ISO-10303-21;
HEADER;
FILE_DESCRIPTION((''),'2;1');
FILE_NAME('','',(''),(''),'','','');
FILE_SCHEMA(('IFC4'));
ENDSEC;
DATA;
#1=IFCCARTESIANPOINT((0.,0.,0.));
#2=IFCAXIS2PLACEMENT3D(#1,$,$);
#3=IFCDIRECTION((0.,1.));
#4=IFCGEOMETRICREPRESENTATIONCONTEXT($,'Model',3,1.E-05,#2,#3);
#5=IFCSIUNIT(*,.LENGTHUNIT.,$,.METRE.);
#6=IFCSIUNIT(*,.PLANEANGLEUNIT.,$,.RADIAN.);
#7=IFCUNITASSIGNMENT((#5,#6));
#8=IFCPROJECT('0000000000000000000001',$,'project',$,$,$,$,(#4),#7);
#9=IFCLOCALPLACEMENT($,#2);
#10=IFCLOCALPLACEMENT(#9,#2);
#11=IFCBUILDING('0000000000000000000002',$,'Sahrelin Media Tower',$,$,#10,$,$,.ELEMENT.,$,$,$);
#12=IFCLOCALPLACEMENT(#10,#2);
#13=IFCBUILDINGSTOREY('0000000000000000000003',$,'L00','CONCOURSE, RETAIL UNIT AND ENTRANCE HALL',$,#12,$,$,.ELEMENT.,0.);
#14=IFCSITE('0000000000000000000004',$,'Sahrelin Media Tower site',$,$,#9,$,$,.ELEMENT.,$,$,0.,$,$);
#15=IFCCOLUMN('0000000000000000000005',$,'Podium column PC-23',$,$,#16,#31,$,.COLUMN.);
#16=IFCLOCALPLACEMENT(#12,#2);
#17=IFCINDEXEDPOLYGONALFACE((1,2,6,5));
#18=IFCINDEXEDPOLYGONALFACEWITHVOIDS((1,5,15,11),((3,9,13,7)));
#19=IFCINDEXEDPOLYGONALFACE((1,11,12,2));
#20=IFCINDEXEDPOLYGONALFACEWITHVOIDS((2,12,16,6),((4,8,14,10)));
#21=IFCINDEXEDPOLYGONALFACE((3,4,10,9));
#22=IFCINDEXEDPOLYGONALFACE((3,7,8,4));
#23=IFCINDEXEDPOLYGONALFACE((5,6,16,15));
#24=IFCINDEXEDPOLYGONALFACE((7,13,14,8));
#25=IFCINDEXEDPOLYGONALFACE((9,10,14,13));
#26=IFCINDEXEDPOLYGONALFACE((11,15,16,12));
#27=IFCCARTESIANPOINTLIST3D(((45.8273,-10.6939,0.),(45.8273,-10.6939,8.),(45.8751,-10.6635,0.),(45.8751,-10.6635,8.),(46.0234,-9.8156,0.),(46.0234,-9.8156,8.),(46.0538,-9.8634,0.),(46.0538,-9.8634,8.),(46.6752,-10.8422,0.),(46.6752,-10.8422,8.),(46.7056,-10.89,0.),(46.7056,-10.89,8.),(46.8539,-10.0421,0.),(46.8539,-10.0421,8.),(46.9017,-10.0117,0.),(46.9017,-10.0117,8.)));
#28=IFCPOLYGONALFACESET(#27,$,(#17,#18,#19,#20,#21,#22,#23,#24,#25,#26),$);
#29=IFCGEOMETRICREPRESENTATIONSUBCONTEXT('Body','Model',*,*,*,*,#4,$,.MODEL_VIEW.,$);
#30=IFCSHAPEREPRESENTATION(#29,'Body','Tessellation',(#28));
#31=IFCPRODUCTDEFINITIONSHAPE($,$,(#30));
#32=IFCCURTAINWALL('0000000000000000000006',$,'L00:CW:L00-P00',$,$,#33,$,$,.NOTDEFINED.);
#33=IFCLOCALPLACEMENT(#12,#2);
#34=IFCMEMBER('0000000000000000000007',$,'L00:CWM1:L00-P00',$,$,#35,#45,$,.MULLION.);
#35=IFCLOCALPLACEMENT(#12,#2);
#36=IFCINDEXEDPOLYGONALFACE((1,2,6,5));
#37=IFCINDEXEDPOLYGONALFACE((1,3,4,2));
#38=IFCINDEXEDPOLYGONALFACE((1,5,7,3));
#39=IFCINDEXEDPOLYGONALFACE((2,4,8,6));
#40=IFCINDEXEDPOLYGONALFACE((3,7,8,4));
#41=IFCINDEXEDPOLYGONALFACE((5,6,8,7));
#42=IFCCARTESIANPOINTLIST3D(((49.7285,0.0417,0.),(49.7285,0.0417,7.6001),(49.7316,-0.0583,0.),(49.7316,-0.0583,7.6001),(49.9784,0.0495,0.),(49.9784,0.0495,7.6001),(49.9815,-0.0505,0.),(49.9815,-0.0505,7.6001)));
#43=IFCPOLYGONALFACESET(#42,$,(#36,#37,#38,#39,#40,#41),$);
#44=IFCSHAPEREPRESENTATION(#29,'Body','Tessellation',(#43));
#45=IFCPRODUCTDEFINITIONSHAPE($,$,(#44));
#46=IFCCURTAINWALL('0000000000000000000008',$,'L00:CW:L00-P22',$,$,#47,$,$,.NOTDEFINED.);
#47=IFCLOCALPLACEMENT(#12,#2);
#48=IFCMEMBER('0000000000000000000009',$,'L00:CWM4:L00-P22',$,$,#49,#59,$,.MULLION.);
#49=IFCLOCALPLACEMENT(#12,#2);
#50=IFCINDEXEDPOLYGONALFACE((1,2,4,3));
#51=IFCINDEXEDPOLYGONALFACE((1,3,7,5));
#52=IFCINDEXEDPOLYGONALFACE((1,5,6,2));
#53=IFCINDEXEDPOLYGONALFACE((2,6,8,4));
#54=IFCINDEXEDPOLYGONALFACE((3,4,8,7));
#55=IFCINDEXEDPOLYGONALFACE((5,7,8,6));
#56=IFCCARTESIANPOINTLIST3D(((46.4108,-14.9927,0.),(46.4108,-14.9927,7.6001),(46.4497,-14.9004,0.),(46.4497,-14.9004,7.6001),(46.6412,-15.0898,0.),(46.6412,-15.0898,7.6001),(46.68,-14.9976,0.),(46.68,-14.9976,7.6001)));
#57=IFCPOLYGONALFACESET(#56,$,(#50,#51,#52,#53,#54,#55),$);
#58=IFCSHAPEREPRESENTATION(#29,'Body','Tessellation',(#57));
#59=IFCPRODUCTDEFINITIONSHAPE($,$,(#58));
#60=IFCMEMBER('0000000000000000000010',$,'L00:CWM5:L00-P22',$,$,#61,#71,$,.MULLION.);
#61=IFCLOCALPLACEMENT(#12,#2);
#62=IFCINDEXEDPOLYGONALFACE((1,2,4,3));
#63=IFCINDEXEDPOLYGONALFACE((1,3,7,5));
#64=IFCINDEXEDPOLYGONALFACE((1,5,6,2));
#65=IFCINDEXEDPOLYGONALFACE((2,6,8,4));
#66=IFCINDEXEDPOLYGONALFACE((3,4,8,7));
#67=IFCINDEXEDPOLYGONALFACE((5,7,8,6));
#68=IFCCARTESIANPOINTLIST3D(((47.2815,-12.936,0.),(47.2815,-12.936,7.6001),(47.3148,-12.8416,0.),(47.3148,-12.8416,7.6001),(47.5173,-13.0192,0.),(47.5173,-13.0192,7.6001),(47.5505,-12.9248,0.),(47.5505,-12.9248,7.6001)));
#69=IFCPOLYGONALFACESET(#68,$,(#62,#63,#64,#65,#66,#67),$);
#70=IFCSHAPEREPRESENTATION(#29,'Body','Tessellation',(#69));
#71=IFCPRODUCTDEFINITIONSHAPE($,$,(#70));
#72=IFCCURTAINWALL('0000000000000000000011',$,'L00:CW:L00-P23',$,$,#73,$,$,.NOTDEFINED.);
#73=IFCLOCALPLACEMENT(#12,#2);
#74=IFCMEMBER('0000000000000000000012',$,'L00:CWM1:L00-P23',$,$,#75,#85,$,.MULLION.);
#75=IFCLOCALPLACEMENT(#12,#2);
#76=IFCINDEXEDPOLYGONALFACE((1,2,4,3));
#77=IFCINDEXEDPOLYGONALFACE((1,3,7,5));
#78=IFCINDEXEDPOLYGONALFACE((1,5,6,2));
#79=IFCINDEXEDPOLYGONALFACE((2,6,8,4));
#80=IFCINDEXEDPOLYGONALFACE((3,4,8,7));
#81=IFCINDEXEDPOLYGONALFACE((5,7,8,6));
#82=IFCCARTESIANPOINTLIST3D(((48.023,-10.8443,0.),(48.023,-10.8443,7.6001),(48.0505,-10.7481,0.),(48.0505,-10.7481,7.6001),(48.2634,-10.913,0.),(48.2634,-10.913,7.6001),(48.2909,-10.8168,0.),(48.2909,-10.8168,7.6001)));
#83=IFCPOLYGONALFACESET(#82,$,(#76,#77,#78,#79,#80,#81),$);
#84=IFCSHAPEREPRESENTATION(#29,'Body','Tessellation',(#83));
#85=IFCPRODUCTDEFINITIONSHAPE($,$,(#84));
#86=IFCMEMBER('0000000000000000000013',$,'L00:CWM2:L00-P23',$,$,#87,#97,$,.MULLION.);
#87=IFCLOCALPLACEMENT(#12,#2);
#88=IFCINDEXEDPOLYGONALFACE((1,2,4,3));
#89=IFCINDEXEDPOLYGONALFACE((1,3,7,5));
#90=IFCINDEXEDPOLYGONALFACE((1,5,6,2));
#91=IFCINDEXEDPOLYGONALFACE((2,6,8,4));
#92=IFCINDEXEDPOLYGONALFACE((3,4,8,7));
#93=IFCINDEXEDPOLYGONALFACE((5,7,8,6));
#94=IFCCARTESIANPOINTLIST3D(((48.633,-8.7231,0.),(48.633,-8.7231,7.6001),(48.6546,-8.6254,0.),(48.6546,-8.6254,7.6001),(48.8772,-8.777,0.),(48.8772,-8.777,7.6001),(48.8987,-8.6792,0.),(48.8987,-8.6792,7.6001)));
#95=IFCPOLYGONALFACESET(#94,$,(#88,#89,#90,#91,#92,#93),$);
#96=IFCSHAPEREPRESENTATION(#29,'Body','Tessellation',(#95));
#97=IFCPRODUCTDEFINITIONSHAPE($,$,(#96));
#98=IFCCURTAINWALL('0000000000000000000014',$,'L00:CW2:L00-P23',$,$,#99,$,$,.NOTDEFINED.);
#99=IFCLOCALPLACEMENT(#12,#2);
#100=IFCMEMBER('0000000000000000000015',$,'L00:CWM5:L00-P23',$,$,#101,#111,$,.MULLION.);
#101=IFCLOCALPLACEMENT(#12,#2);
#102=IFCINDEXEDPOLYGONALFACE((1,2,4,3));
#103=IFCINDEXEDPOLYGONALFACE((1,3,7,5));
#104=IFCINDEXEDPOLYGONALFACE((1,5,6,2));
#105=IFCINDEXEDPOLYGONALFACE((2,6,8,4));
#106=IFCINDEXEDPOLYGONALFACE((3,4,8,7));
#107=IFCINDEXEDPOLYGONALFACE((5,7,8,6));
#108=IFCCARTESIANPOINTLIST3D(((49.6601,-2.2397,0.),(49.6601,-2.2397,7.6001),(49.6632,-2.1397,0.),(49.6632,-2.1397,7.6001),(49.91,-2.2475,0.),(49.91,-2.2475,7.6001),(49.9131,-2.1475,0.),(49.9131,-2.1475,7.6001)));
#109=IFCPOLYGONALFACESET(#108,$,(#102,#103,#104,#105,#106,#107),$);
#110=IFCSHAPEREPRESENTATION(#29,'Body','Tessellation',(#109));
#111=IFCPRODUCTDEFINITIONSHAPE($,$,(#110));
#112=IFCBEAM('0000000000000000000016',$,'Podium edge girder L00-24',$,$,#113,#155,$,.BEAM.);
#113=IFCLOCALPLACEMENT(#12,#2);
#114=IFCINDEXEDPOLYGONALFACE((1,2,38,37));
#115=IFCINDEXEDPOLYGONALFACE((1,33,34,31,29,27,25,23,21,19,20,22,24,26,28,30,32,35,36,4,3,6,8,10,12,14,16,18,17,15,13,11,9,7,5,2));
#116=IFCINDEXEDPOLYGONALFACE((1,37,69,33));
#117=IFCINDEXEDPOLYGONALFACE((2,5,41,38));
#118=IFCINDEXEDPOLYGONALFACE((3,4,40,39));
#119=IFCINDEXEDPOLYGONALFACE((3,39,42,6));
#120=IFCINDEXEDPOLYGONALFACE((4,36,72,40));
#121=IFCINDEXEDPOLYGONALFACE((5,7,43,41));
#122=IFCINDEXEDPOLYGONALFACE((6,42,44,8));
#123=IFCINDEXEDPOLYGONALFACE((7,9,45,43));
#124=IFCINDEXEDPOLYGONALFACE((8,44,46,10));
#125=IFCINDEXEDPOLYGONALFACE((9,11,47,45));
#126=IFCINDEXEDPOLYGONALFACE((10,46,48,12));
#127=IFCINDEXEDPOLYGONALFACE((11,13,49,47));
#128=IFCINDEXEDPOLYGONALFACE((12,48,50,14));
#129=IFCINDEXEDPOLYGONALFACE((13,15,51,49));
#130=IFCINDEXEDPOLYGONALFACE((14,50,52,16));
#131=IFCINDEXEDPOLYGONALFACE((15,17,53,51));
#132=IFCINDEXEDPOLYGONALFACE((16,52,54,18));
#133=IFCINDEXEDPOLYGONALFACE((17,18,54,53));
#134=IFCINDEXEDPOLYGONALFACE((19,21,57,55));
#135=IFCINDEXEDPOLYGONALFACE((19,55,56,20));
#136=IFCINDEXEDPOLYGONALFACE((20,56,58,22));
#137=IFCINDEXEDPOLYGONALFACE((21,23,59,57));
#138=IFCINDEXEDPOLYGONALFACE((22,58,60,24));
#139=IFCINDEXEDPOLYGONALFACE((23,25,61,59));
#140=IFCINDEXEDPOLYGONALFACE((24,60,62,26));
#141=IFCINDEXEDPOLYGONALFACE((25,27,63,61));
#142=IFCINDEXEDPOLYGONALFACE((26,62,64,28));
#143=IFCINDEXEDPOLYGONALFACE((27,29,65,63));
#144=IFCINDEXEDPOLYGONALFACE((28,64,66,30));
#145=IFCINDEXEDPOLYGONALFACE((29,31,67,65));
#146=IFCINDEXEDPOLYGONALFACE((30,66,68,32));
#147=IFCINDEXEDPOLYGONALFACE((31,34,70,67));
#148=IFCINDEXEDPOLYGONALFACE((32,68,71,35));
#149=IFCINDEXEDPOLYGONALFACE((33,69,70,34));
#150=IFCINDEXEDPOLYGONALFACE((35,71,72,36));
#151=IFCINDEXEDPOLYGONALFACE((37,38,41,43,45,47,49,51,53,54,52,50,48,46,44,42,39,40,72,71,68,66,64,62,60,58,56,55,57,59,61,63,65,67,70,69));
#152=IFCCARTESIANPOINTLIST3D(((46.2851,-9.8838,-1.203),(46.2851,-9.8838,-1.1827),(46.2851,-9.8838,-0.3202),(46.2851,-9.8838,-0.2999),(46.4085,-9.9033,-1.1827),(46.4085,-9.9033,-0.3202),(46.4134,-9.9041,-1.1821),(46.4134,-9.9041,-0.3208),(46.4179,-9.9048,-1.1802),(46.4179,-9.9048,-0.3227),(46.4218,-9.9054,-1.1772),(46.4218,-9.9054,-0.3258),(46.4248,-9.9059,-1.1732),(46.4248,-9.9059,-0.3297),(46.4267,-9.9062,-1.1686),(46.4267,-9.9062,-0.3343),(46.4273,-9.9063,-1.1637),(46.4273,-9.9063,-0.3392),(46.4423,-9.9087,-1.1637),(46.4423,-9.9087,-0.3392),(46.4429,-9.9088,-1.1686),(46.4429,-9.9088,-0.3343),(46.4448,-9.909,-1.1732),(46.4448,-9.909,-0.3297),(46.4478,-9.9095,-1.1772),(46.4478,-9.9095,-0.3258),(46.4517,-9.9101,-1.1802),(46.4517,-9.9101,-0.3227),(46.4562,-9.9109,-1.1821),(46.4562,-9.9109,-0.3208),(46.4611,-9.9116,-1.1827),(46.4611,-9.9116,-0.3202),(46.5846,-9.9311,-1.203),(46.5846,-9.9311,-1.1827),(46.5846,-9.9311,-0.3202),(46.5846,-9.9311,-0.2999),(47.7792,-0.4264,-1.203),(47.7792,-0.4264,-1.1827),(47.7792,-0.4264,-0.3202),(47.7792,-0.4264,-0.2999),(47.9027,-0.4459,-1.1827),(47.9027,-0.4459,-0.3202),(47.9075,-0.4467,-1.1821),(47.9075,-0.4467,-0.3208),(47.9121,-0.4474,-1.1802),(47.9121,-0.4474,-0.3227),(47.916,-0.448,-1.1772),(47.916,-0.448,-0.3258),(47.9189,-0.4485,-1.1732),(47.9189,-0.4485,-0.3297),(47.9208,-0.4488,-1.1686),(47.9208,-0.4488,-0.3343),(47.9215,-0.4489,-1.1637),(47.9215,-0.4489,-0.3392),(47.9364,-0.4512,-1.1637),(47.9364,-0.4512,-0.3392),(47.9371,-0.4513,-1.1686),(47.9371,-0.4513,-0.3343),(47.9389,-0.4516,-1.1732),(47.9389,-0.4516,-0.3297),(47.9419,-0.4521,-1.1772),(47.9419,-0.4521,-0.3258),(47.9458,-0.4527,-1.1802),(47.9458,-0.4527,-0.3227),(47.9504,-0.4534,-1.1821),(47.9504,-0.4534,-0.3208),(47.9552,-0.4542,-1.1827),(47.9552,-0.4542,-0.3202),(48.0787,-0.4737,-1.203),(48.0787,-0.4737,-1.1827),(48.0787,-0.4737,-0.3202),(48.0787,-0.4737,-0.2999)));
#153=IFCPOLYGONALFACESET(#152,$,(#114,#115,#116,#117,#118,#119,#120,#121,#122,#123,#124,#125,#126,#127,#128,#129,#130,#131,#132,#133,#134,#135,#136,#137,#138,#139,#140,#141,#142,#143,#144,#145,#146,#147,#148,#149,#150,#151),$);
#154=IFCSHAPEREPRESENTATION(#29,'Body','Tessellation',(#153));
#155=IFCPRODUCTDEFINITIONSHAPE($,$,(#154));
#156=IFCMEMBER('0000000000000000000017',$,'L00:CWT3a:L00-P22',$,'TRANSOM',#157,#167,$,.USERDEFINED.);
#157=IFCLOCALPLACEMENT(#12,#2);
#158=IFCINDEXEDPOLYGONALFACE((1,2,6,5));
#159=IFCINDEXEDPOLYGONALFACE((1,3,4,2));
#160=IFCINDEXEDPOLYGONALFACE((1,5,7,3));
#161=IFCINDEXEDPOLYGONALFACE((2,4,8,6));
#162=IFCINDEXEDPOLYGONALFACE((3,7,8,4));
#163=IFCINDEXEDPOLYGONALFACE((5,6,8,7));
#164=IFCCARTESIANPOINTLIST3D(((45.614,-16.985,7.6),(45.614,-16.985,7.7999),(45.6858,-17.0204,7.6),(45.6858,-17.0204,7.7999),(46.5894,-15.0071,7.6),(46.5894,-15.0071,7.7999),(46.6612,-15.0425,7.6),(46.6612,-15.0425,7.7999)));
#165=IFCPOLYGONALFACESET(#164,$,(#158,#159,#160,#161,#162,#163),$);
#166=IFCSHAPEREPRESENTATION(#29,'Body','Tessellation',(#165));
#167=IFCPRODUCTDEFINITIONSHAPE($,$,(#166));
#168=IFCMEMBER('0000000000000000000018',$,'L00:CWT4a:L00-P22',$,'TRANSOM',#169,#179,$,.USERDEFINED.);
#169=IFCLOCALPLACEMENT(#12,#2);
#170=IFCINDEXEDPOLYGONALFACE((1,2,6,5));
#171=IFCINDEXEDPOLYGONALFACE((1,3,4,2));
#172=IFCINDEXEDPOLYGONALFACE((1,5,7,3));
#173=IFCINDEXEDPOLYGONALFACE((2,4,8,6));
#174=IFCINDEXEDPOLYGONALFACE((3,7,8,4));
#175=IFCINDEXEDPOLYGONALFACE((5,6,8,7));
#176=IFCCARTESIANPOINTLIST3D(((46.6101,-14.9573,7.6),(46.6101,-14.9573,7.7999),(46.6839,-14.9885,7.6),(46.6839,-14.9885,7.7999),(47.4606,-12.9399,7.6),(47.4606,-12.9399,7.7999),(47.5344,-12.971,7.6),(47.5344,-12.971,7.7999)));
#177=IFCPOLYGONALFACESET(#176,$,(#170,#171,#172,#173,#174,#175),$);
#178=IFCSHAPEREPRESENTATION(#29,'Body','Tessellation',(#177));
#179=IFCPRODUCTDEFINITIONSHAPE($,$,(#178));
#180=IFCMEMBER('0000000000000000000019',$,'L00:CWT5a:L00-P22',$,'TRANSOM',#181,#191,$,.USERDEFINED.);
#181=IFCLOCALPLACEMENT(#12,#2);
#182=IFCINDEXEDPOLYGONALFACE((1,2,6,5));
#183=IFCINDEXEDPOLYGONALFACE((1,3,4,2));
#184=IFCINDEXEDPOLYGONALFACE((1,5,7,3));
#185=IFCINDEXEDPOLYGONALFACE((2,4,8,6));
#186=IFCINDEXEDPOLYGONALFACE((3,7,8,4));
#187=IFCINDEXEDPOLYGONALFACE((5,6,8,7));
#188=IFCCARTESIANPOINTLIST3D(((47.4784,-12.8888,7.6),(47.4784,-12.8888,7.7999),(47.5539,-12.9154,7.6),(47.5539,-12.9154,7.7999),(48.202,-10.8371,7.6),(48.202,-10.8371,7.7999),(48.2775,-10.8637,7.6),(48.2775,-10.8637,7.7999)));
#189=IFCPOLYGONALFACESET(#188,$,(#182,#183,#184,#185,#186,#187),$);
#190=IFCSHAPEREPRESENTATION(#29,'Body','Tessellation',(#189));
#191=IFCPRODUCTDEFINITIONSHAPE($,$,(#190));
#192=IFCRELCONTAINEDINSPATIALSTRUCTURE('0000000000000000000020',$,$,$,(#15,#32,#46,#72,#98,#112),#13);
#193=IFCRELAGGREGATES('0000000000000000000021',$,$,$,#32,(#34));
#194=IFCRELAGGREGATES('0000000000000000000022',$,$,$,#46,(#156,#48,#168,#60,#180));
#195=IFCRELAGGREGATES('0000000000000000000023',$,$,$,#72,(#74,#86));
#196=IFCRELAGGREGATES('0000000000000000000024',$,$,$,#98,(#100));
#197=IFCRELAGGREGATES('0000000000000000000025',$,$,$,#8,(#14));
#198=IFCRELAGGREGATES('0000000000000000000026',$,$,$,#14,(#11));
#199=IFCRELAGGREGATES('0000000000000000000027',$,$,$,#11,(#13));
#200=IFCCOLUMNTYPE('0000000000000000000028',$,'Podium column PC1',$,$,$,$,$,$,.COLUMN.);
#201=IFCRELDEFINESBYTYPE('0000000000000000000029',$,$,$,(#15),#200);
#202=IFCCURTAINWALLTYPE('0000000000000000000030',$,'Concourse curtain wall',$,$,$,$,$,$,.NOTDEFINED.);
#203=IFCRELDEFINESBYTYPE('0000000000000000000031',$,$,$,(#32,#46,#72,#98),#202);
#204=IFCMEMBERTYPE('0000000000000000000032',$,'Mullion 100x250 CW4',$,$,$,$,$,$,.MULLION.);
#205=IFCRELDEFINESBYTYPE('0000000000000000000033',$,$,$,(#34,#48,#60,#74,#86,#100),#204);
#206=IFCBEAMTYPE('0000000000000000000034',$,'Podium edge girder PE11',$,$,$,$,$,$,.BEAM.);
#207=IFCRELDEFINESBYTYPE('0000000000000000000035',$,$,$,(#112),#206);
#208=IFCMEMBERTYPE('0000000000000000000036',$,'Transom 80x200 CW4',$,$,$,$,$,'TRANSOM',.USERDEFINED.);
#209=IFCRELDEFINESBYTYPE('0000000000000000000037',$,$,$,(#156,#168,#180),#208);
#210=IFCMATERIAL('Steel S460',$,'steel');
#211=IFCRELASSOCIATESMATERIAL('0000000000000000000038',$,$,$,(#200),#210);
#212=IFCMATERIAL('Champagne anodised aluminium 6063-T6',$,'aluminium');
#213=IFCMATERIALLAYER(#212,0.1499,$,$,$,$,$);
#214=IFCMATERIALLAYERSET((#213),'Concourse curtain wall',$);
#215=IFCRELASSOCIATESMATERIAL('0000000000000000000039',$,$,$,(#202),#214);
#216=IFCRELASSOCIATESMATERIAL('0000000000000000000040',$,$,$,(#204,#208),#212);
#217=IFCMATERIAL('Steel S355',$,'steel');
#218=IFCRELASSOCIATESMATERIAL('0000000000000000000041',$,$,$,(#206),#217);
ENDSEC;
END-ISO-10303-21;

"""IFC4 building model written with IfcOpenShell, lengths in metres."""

from ifc_helpers import new_model, si_unit, direction, frame, origin, origin_2d, place, context, subcontext, project, spatial, rectangle, hollow_rectangle, i_section, extrude, material, layer, layer_set, material_profile, profile_set, type_object, element, aggregate, save


model = new_model("IFC4")

# Units and contexts
model_context = context("Model", 3, precision=1e-05, world=origin(), true_north=direction((0.0, 1.0)))
body_context = subcontext(model_context, "Body", "Model", "MODEL_VIEW")
ifc_project = project(units=[si_unit("LENGTHUNIT", "METRE"), si_unit("PLANEANGLEUNIT", "RADIAN")], contexts=[model_context])

# Site, building, storey
site_placement = place(None, origin())
site = spatial("IfcSite", under=ifc_project, at=site_placement, Name="Sahrelin Media Tower site", CompositionType="ELEMENT", RefElevation=0.0)
building_placement = place(site_placement, origin())
building = spatial("IfcBuilding", under=site, at=building_placement, Name="Sahrelin Media Tower", CompositionType="ELEMENT")
storey_placement = place(building_placement, origin())
storey = spatial("IfcBuildingStorey", under=building, at=storey_placement, Name="L00", Description="CONCOURSE, RETAIL UNIT AND ENTRANCE HALL", CompositionType="ELEMENT", Elevation=0.0)

# Column
ifc_material_1 = material(Name="Steel S460", Category="steel")
ifc_material_profile_1 = material_profile(ifc_material_1, hollow_rectangle(XDim=0.8999, YDim=0.8999, WallThickness=0.04, at=origin_2d()), Name="Podium column PC1")
ifc_profile_set_1 = profile_set([ifc_material_profile_1], Name="Steel S460")
column_type = type_object("IfcColumnType", Name="Podium column PC1", PredefinedType="COLUMN", material=ifc_profile_set_1)
column_placement = place(storey_placement, frame((46.3645, -10.3528, 0.0), z_axis=(0.0, 0.0, 1.0), x_axis=(0.975965, -0.217925, 0.0)))
element("IfcColumn", 1, at=column_placement, inside=storey, type_object=column_type, Name="Podium column PC-23", PredefinedType="COLUMN", context=body_context, shape_type="SweptSolid", body=[
    extrude(hollow_rectangle(XDim=0.8999, YDim=0.8999, WallThickness=0.04, at=origin_2d()), origin(), (0.0, 0.0, 1.0), 8.0),
])

# Curtain wall, member
ifc_material_2 = material(Name="Champagne anodised aluminium 6063-T6", Category="aluminium")
ifc_layer_1 = layer(ifc_material_2, 0.1499)
ifc_layer_set_1 = layer_set([ifc_layer_1], Name="Concourse curtain wall")
curtain_wall_type = type_object("IfcCurtainWallType", Name="Concourse curtain wall", PredefinedType="NOTDEFINED", material=ifc_layer_set_1)
curtain_wall_1_placement = place(storey_placement, frame((50.0, 0.0, 0.0), z_axis=(0.0, 0.0, 1.0), x_axis=(1.0, 0.0, 0.0)))
curtain_wall_1 = element("IfcCurtainWall", 2, at=curtain_wall_1_placement, inside=storey, type_object=curtain_wall_type, Name="L00:CW:L00-P00", PredefinedType="NOTDEFINED")
ifc_material_profile_2 = material_profile(ifc_material_2, rectangle(XDim=0.1001, YDim=0.25, at=origin_2d()), Name="Mullion 100x250")
ifc_profile_set_2 = profile_set([ifc_material_profile_2], Name="Champagne anodised aluminium 6063-T6")
member_type_1 = type_object("IfcMemberType", Name="Mullion 100x250 CW4", PredefinedType="MULLION", material=ifc_profile_set_2)
member_1_placement = place(storey_placement, frame((49.855, -0.0044, 0.0), z_axis=(0.0, 0.0, 1.0), x_axis=(-0.031147, 0.999515, 0.0)))
member_1 = element("IfcMember", 3, at=member_1_placement, type_object=member_type_1, Name="L00:CWM1:L00-P00", PredefinedType="MULLION", context=body_context, shape_type="SweptSolid", body=[
    extrude(rectangle(XDim=0.1001, YDim=0.25, at=origin_2d()), origin(), (0.0, 0.0, 1.0), 7.6001),
])
aggregate(curtain_wall_1, [member_1])

# Curtain walls, members
curtain_wall_2_placement = place(storey_placement, frame((43.3013, -21.0, 0.0), z_axis=(0.0, 0.0, 1.0), x_axis=(1.0, 0.0, 0.0)))
curtain_wall_2 = element("IfcCurtainWall", 4, at=curtain_wall_2_placement, inside=storey, type_object=curtain_wall_type, Name="L00:CW:L00-P22", PredefinedType="NOTDEFINED")
member_2_placement = place(storey_placement, frame((46.5454, -14.9951, 0.0), z_axis=(0.0, 0.0, 1.0), x_axis=(0.38845, 0.92147, 0.0)))
member_2 = element("IfcMember", 5, at=member_2_placement, type_object=member_type_1, Name="L00:CWM4:L00-P22", PredefinedType="MULLION", context=body_context, shape_type="SweptSolid", body=[
    extrude(rectangle(XDim=0.1001, YDim=0.25, at=origin_2d()), origin(), (0.0, 0.0, 1.0), 7.6001),
])
member_3_placement = place(storey_placement, frame((47.416, -12.9304, 0.0), z_axis=(0.0, 0.0, 1.0), x_axis=(0.332579, 0.943075, 0.0)))
member_3 = element("IfcMember", 6, at=member_3_placement, type_object=member_type_1, Name="L00:CWM5:L00-P22", PredefinedType="MULLION", context=body_context, shape_type="SweptSolid", body=[
    extrude(rectangle(XDim=0.1001, YDim=0.25, at=origin_2d()), origin(), (0.0, 0.0, 1.0), 7.6001),
])
curtain_wall_3_placement = place(storey_placement, frame((48.2964, -10.8704, 0.0), z_axis=(0.0, 0.0, 1.0), x_axis=(1.0, 0.0, 0.0)))
curtain_wall_3 = element("IfcCurtainWall", 7, at=curtain_wall_3_placement, inside=storey, type_object=curtain_wall_type, Name="L00:CW:L00-P23", PredefinedType="NOTDEFINED")
member_4_placement = place(storey_placement, frame((48.157, -10.8306, 0.0), z_axis=(0.0, 0.0, 1.0), x_axis=(0.27481, 0.961499, 0.0)))
member_4 = element("IfcMember", 8, at=member_4_placement, type_object=member_type_1, Name="L00:CWM1:L00-P23", PredefinedType="MULLION", context=body_context, shape_type="SweptSolid", body=[
    extrude(rectangle(XDim=0.1001, YDim=0.25, at=origin_2d()), origin(), (0.0, 0.0, 1.0), 7.6001),
])
member_5_placement = place(storey_placement, frame((48.7659, -8.7012, 0.0), z_axis=(0.0, 0.0, 1.0), x_axis=(0.215438, 0.976518, 0.0)))
member_5 = element("IfcMember", 9, at=member_5_placement, type_object=member_type_1, Name="L00:CWM2:L00-P23", PredefinedType="MULLION", context=body_context, shape_type="SweptSolid", body=[
    extrude(rectangle(XDim=0.1001, YDim=0.25, at=origin_2d()), origin(), (0.0, 0.0, 1.0), 7.6001),
])

# Curtain wall, member
curtain_wall_4_placement = place(storey_placement, frame((49.7725, -3.895, 0.0), z_axis=(0.0, 0.0, 1.0), x_axis=(1.0, 0.0, 0.0)))
curtain_wall_4 = element("IfcCurtainWall", 10, at=curtain_wall_4_placement, inside=storey, type_object=curtain_wall_type, Name="L00:CW2:L00-P23", PredefinedType="NOTDEFINED")
member_6_placement = place(storey_placement, frame((49.7866, -2.1936, 0.0), z_axis=(0.0, 0.0, 1.0), x_axis=(0.031147, 0.999515, 0.0)))
member_6 = element("IfcMember", 11, at=member_6_placement, type_object=member_type_1, Name="L00:CWM5:L00-P23", PredefinedType="MULLION", context=body_context, shape_type="SweptSolid", body=[
    extrude(rectangle(XDim=0.1001, YDim=0.25, at=origin_2d()), origin(), (0.0, 0.0, 1.0), 7.6001),
])

# Beam
ifc_material_3 = material(Name="Steel S355", Category="steel")
ifc_material_profile_3 = material_profile(ifc_material_3, i_section(OverallWidth=0.3032, OverallDepth=0.9031, WebThickness=0.0151, FlangeThickness=0.0203, FilletRadius=0.019, at=origin_2d()), Name="UB 914x305x201")
ifc_profile_set_3 = profile_set([ifc_material_profile_3], Name="Steel S355")
beam_type = type_object("IfcBeamType", Name="Podium edge girder PE11", PredefinedType="BEAM", material=ifc_profile_set_3)
beam_placement = place(storey_placement, frame((46.4348, -9.9075, -0.7515), z_axis=(0.156049, 0.987749, 0.0), x_axis=(-0.987749, 0.156049, 0.0)))
element("IfcBeam", 12, at=beam_placement, inside=storey, type_object=beam_type, Name="Podium edge girder L00-24", PredefinedType="BEAM", context=body_context, shape_type="SweptSolid", body=[
    extrude(i_section(OverallWidth=0.3032, OverallDepth=0.9031, WebThickness=0.0151, FlangeThickness=0.0203, FilletRadius=0.019, at=origin_2d()), origin(), (0.0, 0.0, 1.0), 9.5747),
])

# Members
ifc_material_profile_4 = material_profile(ifc_material_2, rectangle(XDim=0.0801, YDim=0.2, at=origin_2d()), Name="Transom 80x200")
ifc_profile_set_4 = profile_set([ifc_material_profile_4], Name="Champagne anodised aluminium 6063-T6")
member_type_2 = type_object("IfcMemberType", Name="Transom 80x200 CW4", ElementType="TRANSOM", PredefinedType="USERDEFINED", material=ifc_profile_set_4)
member_7_placement = place(storey_placement, frame((45.6499, -17.0027, 7.7), z_axis=(0.442291, 0.896871, 0.0), x_axis=(-0.896871, 0.442291, 0.0)))
member_7 = element("IfcMember", 13, at=member_7_placement, type_object=member_type_2, Name="L00:CWT3a:L00-P22", ObjectType="TRANSOM", PredefinedType="USERDEFINED", context=body_context, shape_type="SweptSolid", body=[
    extrude(rectangle(XDim=0.0801, YDim=0.2, at=origin_2d()), origin(), (0.0, 0.0, 1.0), 2.2053),
])
member_8_placement = place(storey_placement, frame((46.647, -14.9729, 7.7), z_axis=(0.388476, 0.921459, 0.0), x_axis=(-0.921459, 0.388476, 0.0)))
member_8 = element("IfcMember", 14, at=member_8_placement, type_object=member_type_2, Name="L00:CWT4a:L00-P22", ObjectType="TRANSOM", PredefinedType="USERDEFINED", context=body_context, shape_type="SweptSolid", body=[
    extrude(rectangle(XDim=0.0801, YDim=0.2, at=origin_2d()), origin(), (0.0, 0.0, 1.0), 2.1895),
])
member_9_placement = place(storey_placement, frame((47.5161, -12.9021, 7.7), z_axis=(0.332609, 0.943065, 0.0), x_axis=(-0.943065, 0.332609, 0.0)))
member_9 = element("IfcMember", 15, at=member_9_placement, type_object=member_type_2, Name="L00:CWT5a:L00-P22", ObjectType="TRANSOM", PredefinedType="USERDEFINED", context=body_context, shape_type="SweptSolid", body=[
    extrude(rectangle(XDim=0.0801, YDim=0.2, at=origin_2d()), origin(), (0.0, 0.0, 1.0), 2.1755),
])

aggregate(curtain_wall_2, [member_7, member_2, member_8, member_3, member_9])
aggregate(curtain_wall_3, [member_4, member_5])
aggregate(curtain_wall_4, [member_6])

save(model, "model.ifc")
